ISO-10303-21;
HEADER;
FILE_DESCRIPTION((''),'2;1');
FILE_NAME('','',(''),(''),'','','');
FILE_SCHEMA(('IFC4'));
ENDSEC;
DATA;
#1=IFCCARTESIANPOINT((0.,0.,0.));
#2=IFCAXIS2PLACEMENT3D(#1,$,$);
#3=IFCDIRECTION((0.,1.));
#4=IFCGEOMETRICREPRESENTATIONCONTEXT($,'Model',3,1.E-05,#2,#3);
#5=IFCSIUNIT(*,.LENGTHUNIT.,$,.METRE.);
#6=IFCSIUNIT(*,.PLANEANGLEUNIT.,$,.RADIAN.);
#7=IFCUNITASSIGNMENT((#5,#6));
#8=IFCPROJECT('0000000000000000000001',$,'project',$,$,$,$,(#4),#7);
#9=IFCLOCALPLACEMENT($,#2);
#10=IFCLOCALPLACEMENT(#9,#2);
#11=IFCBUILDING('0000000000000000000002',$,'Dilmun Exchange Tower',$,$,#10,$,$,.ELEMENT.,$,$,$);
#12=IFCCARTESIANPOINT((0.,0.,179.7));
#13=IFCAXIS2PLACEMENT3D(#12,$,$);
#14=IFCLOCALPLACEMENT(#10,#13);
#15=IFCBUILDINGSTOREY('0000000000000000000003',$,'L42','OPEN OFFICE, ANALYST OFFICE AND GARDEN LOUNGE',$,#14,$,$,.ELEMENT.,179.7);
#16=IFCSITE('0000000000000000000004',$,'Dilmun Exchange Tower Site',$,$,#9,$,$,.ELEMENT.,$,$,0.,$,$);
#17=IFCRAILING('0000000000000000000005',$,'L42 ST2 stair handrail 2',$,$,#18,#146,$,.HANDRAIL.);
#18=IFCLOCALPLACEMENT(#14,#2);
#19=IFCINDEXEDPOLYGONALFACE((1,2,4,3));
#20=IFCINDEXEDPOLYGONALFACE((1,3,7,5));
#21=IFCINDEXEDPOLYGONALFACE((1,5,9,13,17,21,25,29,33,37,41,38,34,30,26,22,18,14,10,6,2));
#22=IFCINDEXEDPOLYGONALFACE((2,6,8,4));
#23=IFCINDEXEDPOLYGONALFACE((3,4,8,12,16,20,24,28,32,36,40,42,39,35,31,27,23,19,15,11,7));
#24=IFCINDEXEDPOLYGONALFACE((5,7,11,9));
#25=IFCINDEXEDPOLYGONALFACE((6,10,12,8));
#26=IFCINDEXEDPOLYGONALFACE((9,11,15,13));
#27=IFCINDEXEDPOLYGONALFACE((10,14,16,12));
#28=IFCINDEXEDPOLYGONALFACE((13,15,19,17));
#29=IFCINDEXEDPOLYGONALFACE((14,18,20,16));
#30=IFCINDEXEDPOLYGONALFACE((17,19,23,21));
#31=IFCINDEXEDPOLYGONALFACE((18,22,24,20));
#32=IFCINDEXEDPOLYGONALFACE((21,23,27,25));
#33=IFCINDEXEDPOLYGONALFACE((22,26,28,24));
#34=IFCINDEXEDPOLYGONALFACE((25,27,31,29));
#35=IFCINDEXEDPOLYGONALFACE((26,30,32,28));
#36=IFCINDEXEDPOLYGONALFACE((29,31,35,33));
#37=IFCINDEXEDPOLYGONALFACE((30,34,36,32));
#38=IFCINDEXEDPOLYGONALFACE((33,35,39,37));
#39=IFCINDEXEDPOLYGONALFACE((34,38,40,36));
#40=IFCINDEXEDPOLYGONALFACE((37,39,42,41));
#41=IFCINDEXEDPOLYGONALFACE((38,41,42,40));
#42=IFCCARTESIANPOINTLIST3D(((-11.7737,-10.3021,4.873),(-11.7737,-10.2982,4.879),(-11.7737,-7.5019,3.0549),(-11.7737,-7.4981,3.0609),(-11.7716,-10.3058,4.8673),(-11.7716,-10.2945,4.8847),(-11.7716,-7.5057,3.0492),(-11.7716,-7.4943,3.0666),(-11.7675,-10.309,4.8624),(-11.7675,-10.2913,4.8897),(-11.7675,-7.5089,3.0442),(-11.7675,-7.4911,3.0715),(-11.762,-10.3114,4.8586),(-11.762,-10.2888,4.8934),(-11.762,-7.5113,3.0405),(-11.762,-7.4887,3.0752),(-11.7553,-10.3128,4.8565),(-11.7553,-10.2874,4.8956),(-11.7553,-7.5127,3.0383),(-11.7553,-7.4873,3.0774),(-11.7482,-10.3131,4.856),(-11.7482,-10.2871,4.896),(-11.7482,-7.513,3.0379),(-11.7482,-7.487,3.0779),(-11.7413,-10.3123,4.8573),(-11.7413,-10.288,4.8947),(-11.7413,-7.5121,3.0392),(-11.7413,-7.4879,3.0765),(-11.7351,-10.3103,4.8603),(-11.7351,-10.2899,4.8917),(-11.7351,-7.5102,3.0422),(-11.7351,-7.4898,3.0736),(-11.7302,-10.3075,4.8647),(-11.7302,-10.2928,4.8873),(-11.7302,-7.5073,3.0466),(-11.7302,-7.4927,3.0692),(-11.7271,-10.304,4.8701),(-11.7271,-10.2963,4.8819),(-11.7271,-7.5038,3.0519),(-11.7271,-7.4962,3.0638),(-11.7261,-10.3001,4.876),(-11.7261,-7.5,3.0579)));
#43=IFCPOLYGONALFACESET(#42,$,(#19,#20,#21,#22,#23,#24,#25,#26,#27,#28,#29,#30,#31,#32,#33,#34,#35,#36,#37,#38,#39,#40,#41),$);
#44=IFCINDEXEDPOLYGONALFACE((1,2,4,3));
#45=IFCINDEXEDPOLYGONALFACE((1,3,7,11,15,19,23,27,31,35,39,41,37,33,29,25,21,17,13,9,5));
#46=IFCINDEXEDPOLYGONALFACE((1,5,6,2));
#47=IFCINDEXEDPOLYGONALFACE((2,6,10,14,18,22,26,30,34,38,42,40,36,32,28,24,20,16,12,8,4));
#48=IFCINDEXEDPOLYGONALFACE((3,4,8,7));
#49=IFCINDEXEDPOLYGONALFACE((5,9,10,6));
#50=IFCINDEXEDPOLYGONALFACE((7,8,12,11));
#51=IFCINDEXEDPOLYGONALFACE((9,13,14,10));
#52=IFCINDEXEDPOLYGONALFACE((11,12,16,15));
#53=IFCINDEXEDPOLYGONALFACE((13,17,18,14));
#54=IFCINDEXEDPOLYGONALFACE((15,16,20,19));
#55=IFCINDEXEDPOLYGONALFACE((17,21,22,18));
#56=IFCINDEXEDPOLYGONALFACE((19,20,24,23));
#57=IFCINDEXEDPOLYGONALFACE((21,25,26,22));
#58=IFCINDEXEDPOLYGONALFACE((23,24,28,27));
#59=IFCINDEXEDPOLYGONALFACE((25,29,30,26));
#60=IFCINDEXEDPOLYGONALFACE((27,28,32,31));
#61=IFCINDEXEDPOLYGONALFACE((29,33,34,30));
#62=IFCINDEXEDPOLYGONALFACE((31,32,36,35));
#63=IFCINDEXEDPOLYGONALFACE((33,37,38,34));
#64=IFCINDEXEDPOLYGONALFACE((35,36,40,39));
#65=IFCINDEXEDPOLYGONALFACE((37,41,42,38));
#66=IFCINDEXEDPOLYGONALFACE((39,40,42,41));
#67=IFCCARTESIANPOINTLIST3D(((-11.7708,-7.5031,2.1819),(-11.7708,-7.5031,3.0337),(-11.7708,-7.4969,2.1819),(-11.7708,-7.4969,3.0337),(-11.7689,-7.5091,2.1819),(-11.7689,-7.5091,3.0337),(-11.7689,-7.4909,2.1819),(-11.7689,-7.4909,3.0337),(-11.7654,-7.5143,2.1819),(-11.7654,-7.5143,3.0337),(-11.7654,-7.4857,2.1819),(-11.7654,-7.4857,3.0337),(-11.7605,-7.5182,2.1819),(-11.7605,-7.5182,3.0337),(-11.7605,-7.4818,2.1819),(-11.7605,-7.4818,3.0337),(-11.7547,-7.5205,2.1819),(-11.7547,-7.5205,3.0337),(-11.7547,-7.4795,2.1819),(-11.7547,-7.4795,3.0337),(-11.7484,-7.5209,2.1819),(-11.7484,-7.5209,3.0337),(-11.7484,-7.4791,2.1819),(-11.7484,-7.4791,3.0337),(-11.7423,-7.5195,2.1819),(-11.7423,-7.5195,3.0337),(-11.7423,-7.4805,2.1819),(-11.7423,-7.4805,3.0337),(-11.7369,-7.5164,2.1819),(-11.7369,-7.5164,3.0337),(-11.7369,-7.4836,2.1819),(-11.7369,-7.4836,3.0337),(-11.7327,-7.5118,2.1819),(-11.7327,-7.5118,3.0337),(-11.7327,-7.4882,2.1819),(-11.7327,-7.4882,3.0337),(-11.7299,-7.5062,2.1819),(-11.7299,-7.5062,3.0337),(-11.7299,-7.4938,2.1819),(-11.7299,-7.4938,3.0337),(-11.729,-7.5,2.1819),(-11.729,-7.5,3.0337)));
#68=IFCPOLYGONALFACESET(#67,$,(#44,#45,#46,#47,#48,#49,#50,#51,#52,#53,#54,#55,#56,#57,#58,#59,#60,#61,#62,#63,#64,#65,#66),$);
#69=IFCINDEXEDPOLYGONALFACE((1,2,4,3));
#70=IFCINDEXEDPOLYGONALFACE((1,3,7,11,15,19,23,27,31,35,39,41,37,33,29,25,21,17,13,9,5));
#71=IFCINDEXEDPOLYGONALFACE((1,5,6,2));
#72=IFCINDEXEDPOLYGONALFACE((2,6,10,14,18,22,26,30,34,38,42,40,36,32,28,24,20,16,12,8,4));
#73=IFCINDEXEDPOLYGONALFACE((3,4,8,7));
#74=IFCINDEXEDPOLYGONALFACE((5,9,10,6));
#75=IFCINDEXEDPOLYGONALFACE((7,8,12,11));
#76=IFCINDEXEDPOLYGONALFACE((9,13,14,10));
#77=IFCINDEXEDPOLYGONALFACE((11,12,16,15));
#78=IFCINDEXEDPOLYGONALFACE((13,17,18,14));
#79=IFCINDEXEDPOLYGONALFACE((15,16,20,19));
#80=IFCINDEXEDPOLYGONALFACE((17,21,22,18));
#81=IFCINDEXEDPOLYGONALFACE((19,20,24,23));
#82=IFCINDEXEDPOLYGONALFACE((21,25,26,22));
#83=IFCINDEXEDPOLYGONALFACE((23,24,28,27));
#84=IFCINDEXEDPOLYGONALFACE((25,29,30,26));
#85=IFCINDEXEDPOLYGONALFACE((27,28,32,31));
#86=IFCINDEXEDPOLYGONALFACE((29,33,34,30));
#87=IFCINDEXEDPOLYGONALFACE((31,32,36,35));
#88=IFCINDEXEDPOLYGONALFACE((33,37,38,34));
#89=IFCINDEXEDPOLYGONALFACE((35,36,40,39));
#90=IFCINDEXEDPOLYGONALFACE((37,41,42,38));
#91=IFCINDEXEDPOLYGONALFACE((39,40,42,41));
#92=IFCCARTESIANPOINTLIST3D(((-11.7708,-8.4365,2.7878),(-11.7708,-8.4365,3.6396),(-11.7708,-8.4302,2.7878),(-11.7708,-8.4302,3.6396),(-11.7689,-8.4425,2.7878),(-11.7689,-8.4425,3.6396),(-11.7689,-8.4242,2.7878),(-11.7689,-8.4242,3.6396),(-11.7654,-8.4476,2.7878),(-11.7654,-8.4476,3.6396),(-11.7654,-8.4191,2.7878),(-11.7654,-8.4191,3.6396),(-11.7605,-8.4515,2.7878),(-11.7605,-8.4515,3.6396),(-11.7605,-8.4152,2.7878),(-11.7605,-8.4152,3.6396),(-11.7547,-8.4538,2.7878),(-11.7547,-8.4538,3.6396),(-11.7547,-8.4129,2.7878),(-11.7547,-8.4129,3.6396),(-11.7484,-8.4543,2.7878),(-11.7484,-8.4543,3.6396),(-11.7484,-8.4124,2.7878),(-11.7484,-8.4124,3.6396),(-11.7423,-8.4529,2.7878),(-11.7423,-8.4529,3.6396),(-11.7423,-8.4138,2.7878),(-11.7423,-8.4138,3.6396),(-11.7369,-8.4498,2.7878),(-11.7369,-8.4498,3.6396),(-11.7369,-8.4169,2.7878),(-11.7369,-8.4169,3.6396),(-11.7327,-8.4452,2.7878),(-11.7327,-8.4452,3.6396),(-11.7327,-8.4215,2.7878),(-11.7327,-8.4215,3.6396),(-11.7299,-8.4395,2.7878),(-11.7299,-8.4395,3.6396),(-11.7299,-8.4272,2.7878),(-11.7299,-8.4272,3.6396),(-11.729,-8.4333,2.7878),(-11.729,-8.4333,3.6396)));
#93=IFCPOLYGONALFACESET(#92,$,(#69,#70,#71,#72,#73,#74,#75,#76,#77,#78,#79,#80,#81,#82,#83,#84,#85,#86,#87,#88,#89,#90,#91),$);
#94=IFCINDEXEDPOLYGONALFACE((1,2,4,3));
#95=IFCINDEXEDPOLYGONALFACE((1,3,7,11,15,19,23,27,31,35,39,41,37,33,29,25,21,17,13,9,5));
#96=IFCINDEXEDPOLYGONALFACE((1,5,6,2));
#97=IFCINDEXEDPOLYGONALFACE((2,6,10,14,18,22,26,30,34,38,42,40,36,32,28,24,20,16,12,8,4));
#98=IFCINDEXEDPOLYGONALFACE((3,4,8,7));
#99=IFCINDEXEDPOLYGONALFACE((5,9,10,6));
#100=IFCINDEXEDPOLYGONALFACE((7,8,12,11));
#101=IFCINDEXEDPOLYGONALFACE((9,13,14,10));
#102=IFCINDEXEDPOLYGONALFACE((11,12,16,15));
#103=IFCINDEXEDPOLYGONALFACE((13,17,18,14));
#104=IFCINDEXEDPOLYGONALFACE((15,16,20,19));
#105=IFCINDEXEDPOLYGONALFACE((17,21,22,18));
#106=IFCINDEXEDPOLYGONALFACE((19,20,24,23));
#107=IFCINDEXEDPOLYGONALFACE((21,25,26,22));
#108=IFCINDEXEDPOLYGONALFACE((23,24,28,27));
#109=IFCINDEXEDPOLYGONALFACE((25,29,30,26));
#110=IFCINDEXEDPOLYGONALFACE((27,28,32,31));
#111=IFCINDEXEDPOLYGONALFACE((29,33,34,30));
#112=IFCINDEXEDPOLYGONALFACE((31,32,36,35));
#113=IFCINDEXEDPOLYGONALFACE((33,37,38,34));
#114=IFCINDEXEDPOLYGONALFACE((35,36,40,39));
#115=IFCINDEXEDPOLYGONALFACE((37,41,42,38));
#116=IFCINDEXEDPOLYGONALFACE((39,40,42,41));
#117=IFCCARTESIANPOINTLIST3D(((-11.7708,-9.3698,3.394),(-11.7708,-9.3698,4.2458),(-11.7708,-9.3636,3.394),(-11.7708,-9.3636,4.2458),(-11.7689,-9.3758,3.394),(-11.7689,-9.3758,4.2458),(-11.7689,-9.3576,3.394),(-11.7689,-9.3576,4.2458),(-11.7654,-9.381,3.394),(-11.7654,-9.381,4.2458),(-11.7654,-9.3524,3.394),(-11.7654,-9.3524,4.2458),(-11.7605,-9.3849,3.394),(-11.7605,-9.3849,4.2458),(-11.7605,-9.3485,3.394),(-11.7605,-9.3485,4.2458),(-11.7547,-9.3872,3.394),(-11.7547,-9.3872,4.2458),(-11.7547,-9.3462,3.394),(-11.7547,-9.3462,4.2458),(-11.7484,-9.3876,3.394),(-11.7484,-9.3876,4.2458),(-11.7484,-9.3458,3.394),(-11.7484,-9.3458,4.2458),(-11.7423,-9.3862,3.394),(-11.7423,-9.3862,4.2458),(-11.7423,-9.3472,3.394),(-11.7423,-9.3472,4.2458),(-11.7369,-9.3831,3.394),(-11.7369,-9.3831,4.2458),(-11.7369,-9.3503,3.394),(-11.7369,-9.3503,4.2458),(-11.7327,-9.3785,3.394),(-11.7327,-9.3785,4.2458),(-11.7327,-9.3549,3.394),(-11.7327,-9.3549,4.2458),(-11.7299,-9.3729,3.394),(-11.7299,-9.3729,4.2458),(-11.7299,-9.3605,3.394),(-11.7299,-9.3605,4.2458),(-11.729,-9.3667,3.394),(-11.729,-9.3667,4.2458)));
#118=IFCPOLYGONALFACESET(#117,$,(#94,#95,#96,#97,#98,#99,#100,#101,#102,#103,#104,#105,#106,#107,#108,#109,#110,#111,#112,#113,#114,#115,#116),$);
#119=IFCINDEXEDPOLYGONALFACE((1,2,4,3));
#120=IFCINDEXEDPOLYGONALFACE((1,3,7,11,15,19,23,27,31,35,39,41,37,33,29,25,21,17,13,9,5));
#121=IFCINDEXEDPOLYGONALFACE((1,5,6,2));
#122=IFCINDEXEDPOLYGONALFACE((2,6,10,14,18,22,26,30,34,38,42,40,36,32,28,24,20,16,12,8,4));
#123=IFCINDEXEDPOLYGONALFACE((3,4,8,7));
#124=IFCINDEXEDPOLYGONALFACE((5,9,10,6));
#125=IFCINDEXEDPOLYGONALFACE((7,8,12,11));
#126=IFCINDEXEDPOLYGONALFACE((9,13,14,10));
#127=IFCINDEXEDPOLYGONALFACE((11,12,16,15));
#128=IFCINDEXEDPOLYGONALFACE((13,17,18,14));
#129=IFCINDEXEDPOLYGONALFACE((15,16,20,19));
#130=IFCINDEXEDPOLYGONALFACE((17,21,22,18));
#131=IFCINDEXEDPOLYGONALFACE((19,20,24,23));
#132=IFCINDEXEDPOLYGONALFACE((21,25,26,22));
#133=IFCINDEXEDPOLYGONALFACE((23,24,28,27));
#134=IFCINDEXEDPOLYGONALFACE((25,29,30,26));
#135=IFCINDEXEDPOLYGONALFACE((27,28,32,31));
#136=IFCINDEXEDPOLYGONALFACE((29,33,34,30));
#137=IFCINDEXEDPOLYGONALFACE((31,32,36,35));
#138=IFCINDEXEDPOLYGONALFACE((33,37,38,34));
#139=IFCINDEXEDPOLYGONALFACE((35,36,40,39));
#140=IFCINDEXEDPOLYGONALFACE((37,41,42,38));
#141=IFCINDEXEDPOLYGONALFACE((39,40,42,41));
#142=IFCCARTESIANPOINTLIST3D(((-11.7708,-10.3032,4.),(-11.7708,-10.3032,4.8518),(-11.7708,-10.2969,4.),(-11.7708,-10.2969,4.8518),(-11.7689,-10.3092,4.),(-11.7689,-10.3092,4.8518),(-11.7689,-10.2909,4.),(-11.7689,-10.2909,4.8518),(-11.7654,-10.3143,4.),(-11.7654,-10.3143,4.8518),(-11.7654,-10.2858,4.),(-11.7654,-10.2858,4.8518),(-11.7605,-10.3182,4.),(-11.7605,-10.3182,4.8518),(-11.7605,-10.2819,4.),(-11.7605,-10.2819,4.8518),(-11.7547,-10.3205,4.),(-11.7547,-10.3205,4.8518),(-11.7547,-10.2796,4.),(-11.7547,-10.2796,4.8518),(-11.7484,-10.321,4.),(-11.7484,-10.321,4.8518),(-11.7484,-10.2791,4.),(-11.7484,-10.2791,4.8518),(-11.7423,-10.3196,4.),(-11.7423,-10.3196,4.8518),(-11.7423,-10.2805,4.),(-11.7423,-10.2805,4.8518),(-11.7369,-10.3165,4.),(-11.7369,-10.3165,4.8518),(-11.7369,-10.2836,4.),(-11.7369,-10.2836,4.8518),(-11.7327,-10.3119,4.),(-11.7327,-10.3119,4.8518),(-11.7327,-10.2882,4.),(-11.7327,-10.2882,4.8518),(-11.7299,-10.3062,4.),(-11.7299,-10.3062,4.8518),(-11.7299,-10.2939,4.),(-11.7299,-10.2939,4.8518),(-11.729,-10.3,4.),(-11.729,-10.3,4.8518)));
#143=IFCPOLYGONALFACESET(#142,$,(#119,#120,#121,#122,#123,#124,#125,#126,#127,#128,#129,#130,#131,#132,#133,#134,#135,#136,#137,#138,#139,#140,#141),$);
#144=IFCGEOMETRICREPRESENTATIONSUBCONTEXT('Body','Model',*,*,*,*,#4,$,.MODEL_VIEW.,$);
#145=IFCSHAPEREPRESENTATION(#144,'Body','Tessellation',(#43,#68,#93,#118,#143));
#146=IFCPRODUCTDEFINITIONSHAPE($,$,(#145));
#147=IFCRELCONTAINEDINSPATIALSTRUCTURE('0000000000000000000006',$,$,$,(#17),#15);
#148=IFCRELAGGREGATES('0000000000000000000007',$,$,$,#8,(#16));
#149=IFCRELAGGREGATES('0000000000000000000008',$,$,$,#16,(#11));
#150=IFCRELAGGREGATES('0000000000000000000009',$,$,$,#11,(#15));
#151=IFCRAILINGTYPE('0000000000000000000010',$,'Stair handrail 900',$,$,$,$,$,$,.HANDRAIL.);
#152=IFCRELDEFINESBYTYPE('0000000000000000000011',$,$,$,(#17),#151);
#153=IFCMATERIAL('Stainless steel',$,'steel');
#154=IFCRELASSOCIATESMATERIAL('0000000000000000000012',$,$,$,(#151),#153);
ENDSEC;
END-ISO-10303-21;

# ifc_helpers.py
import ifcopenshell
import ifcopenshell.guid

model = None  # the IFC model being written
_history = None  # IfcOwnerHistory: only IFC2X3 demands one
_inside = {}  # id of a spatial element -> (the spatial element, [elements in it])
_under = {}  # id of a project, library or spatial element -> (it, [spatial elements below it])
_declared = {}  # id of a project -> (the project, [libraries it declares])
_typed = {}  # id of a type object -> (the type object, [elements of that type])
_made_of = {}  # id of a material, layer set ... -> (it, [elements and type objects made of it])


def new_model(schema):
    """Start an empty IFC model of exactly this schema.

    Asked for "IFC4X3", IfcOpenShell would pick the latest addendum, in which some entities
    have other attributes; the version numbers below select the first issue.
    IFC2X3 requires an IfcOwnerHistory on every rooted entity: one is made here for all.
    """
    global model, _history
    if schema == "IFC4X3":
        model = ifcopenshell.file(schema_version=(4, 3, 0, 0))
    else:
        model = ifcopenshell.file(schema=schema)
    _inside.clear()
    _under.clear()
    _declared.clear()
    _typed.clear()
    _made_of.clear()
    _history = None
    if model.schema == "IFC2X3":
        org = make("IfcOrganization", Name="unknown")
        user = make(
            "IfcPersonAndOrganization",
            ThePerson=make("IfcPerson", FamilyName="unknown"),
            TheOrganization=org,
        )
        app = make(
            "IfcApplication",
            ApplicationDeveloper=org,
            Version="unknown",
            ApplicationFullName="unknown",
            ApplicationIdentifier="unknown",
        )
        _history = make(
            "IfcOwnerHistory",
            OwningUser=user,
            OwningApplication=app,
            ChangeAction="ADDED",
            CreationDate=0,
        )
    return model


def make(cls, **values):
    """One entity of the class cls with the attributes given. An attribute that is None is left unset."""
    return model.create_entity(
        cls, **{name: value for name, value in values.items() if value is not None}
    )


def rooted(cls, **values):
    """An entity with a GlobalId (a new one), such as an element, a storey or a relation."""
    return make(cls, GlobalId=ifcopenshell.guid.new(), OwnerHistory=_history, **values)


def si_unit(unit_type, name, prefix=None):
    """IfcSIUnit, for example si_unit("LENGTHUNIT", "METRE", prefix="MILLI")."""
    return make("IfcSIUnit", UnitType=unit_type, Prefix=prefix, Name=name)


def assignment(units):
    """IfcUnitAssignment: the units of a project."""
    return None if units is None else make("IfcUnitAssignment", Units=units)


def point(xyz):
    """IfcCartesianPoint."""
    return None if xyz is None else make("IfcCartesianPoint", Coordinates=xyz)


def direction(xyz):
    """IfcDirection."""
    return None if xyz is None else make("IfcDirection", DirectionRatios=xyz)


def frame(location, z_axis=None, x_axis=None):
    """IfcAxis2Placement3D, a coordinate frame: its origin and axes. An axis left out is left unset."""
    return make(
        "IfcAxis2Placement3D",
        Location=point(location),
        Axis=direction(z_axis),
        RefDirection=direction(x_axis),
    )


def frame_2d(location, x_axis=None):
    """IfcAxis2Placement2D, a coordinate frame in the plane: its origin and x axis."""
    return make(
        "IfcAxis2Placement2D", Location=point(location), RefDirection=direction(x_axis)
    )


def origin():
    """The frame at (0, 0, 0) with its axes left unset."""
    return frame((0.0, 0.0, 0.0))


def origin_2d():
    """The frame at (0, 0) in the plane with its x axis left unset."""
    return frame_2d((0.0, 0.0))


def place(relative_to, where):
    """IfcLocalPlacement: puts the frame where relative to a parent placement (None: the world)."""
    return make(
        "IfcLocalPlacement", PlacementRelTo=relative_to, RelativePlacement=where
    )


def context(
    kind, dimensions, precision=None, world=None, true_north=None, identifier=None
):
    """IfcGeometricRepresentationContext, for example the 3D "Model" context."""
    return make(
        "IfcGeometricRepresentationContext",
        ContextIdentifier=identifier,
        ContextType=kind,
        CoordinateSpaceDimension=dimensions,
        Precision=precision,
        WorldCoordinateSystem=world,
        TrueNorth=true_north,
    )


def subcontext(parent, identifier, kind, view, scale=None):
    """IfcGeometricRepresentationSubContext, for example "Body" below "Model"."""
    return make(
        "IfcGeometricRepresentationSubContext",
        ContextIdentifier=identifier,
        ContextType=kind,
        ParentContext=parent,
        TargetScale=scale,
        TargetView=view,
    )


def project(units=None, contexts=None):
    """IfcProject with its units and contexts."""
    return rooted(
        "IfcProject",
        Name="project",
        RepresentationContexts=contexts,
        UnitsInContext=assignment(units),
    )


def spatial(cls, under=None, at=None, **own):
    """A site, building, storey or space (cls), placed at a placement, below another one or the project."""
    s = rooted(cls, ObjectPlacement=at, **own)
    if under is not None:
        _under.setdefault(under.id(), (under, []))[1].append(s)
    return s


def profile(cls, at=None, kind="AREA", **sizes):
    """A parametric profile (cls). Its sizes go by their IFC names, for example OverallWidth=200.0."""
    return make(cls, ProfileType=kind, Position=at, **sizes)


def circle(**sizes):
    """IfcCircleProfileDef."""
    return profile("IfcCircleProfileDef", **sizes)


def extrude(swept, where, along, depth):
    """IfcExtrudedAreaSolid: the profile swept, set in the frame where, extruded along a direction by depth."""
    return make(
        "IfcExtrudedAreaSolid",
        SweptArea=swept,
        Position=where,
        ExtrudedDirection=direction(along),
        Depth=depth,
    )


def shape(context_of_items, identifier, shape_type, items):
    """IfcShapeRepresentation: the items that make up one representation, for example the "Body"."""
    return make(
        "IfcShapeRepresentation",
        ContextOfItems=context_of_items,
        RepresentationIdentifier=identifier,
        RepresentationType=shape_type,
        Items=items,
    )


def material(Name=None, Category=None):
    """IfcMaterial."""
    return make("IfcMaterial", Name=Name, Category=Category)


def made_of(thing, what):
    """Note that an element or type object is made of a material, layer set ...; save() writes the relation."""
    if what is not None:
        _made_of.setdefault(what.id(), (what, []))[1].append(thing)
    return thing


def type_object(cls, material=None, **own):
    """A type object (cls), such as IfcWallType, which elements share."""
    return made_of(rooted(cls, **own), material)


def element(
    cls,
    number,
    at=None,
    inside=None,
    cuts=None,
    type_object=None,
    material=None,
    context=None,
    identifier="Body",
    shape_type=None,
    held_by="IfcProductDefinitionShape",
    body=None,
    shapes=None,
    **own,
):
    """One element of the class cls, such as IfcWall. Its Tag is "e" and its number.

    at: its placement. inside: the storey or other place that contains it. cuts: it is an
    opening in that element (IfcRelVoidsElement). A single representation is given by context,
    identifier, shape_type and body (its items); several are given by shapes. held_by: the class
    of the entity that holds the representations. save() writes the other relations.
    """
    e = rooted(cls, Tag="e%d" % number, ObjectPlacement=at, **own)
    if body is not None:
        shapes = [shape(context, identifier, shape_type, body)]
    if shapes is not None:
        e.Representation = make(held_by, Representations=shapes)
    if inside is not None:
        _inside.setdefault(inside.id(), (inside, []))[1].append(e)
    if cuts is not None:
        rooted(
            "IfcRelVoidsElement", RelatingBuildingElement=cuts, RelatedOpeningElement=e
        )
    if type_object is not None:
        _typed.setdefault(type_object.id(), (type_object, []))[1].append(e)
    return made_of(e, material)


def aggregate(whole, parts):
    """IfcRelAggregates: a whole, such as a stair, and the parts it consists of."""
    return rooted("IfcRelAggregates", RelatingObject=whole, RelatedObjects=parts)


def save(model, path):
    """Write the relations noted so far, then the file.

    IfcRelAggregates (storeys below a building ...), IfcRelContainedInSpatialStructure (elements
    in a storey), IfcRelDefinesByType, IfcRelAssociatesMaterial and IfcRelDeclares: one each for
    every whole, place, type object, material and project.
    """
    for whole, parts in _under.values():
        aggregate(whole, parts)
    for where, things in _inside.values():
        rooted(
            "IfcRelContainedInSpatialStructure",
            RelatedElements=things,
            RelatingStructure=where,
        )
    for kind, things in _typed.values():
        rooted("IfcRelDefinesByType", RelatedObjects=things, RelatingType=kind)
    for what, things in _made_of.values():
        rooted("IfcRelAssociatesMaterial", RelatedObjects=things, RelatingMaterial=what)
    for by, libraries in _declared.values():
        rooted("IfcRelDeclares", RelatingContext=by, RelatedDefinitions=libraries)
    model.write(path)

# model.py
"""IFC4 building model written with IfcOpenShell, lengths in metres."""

from ifc_helpers import new_model, si_unit, direction, frame, origin, origin_2d, place, context, subcontext, project, spatial, circle, extrude, material, type_object, element, save


model = new_model("IFC4")

# Units and contexts
model_context = context("Model", 3, precision=1e-05, world=origin(), true_north=direction((0.0, 1.0)))
body_context = subcontext(model_context, "Body", "Model", "MODEL_VIEW")
ifc_project = project(units=[si_unit("LENGTHUNIT", "METRE"), si_unit("PLANEANGLEUNIT", "RADIAN")], contexts=[model_context])

# Site, building, storey
site_placement = place(None, origin())
site = spatial("IfcSite", under=ifc_project, at=site_placement, Name="Dilmun Exchange Tower Site", CompositionType="ELEMENT", RefElevation=0.0)
building_placement = place(site_placement, origin())
building = spatial("IfcBuilding", under=site, at=building_placement, Name="Dilmun Exchange Tower", CompositionType="ELEMENT")
storey_placement = place(building_placement, frame((0.0, 0.0, 179.7)))
storey = spatial("IfcBuildingStorey", under=building, at=storey_placement, Name="L42", Description="OPEN OFFICE, ANALYST OFFICE AND GARDEN LOUNGE", CompositionType="ELEMENT", Elevation=179.7)

# Railing
ifc_material_1 = material(Name="Stainless steel", Category="steel")
railing_type = type_object("IfcRailingType", Name="Stair handrail 900", PredefinedType="HANDRAIL", material=ifc_material_1)
railing_placement = place(storey_placement, frame((-11.75, -7.5, 2.1819)))
element("IfcRailing", 1, at=railing_placement, inside=storey, type_object=railing_type, Name="L42 ST2 stair handrail 2", PredefinedType="HANDRAIL", context=body_context, shape_type="SweptSolid", body=[
    extrude(circle(Radius=0.0239, at=origin_2d()), frame((0.0, 0.0, 0.876), z_axis=(0.0, -0.838706, 0.544585), x_axis=(1.0, 0.0, 0.0)), (0.0, 0.0, 1.0), 3.3386),
    extrude(circle(Radius=0.021, at=origin_2d()), origin(), (0.0, 0.0, 1.0), 0.8518),
    extrude(circle(Radius=0.021, at=origin_2d()), frame((0.0, -0.9333, 0.606)), (0.0, 0.0, 1.0), 0.8518),
    extrude(circle(Radius=0.021, at=origin_2d()), frame((0.0, -1.8667, 1.2122)), (0.0, 0.0, 1.0), 0.8518),
    extrude(circle(Radius=0.021, at=origin_2d()), frame((0.0, -2.8, 1.8181)), (0.0, 0.0, 1.0), 0.8518),
])

save(model, "model.ifc")
